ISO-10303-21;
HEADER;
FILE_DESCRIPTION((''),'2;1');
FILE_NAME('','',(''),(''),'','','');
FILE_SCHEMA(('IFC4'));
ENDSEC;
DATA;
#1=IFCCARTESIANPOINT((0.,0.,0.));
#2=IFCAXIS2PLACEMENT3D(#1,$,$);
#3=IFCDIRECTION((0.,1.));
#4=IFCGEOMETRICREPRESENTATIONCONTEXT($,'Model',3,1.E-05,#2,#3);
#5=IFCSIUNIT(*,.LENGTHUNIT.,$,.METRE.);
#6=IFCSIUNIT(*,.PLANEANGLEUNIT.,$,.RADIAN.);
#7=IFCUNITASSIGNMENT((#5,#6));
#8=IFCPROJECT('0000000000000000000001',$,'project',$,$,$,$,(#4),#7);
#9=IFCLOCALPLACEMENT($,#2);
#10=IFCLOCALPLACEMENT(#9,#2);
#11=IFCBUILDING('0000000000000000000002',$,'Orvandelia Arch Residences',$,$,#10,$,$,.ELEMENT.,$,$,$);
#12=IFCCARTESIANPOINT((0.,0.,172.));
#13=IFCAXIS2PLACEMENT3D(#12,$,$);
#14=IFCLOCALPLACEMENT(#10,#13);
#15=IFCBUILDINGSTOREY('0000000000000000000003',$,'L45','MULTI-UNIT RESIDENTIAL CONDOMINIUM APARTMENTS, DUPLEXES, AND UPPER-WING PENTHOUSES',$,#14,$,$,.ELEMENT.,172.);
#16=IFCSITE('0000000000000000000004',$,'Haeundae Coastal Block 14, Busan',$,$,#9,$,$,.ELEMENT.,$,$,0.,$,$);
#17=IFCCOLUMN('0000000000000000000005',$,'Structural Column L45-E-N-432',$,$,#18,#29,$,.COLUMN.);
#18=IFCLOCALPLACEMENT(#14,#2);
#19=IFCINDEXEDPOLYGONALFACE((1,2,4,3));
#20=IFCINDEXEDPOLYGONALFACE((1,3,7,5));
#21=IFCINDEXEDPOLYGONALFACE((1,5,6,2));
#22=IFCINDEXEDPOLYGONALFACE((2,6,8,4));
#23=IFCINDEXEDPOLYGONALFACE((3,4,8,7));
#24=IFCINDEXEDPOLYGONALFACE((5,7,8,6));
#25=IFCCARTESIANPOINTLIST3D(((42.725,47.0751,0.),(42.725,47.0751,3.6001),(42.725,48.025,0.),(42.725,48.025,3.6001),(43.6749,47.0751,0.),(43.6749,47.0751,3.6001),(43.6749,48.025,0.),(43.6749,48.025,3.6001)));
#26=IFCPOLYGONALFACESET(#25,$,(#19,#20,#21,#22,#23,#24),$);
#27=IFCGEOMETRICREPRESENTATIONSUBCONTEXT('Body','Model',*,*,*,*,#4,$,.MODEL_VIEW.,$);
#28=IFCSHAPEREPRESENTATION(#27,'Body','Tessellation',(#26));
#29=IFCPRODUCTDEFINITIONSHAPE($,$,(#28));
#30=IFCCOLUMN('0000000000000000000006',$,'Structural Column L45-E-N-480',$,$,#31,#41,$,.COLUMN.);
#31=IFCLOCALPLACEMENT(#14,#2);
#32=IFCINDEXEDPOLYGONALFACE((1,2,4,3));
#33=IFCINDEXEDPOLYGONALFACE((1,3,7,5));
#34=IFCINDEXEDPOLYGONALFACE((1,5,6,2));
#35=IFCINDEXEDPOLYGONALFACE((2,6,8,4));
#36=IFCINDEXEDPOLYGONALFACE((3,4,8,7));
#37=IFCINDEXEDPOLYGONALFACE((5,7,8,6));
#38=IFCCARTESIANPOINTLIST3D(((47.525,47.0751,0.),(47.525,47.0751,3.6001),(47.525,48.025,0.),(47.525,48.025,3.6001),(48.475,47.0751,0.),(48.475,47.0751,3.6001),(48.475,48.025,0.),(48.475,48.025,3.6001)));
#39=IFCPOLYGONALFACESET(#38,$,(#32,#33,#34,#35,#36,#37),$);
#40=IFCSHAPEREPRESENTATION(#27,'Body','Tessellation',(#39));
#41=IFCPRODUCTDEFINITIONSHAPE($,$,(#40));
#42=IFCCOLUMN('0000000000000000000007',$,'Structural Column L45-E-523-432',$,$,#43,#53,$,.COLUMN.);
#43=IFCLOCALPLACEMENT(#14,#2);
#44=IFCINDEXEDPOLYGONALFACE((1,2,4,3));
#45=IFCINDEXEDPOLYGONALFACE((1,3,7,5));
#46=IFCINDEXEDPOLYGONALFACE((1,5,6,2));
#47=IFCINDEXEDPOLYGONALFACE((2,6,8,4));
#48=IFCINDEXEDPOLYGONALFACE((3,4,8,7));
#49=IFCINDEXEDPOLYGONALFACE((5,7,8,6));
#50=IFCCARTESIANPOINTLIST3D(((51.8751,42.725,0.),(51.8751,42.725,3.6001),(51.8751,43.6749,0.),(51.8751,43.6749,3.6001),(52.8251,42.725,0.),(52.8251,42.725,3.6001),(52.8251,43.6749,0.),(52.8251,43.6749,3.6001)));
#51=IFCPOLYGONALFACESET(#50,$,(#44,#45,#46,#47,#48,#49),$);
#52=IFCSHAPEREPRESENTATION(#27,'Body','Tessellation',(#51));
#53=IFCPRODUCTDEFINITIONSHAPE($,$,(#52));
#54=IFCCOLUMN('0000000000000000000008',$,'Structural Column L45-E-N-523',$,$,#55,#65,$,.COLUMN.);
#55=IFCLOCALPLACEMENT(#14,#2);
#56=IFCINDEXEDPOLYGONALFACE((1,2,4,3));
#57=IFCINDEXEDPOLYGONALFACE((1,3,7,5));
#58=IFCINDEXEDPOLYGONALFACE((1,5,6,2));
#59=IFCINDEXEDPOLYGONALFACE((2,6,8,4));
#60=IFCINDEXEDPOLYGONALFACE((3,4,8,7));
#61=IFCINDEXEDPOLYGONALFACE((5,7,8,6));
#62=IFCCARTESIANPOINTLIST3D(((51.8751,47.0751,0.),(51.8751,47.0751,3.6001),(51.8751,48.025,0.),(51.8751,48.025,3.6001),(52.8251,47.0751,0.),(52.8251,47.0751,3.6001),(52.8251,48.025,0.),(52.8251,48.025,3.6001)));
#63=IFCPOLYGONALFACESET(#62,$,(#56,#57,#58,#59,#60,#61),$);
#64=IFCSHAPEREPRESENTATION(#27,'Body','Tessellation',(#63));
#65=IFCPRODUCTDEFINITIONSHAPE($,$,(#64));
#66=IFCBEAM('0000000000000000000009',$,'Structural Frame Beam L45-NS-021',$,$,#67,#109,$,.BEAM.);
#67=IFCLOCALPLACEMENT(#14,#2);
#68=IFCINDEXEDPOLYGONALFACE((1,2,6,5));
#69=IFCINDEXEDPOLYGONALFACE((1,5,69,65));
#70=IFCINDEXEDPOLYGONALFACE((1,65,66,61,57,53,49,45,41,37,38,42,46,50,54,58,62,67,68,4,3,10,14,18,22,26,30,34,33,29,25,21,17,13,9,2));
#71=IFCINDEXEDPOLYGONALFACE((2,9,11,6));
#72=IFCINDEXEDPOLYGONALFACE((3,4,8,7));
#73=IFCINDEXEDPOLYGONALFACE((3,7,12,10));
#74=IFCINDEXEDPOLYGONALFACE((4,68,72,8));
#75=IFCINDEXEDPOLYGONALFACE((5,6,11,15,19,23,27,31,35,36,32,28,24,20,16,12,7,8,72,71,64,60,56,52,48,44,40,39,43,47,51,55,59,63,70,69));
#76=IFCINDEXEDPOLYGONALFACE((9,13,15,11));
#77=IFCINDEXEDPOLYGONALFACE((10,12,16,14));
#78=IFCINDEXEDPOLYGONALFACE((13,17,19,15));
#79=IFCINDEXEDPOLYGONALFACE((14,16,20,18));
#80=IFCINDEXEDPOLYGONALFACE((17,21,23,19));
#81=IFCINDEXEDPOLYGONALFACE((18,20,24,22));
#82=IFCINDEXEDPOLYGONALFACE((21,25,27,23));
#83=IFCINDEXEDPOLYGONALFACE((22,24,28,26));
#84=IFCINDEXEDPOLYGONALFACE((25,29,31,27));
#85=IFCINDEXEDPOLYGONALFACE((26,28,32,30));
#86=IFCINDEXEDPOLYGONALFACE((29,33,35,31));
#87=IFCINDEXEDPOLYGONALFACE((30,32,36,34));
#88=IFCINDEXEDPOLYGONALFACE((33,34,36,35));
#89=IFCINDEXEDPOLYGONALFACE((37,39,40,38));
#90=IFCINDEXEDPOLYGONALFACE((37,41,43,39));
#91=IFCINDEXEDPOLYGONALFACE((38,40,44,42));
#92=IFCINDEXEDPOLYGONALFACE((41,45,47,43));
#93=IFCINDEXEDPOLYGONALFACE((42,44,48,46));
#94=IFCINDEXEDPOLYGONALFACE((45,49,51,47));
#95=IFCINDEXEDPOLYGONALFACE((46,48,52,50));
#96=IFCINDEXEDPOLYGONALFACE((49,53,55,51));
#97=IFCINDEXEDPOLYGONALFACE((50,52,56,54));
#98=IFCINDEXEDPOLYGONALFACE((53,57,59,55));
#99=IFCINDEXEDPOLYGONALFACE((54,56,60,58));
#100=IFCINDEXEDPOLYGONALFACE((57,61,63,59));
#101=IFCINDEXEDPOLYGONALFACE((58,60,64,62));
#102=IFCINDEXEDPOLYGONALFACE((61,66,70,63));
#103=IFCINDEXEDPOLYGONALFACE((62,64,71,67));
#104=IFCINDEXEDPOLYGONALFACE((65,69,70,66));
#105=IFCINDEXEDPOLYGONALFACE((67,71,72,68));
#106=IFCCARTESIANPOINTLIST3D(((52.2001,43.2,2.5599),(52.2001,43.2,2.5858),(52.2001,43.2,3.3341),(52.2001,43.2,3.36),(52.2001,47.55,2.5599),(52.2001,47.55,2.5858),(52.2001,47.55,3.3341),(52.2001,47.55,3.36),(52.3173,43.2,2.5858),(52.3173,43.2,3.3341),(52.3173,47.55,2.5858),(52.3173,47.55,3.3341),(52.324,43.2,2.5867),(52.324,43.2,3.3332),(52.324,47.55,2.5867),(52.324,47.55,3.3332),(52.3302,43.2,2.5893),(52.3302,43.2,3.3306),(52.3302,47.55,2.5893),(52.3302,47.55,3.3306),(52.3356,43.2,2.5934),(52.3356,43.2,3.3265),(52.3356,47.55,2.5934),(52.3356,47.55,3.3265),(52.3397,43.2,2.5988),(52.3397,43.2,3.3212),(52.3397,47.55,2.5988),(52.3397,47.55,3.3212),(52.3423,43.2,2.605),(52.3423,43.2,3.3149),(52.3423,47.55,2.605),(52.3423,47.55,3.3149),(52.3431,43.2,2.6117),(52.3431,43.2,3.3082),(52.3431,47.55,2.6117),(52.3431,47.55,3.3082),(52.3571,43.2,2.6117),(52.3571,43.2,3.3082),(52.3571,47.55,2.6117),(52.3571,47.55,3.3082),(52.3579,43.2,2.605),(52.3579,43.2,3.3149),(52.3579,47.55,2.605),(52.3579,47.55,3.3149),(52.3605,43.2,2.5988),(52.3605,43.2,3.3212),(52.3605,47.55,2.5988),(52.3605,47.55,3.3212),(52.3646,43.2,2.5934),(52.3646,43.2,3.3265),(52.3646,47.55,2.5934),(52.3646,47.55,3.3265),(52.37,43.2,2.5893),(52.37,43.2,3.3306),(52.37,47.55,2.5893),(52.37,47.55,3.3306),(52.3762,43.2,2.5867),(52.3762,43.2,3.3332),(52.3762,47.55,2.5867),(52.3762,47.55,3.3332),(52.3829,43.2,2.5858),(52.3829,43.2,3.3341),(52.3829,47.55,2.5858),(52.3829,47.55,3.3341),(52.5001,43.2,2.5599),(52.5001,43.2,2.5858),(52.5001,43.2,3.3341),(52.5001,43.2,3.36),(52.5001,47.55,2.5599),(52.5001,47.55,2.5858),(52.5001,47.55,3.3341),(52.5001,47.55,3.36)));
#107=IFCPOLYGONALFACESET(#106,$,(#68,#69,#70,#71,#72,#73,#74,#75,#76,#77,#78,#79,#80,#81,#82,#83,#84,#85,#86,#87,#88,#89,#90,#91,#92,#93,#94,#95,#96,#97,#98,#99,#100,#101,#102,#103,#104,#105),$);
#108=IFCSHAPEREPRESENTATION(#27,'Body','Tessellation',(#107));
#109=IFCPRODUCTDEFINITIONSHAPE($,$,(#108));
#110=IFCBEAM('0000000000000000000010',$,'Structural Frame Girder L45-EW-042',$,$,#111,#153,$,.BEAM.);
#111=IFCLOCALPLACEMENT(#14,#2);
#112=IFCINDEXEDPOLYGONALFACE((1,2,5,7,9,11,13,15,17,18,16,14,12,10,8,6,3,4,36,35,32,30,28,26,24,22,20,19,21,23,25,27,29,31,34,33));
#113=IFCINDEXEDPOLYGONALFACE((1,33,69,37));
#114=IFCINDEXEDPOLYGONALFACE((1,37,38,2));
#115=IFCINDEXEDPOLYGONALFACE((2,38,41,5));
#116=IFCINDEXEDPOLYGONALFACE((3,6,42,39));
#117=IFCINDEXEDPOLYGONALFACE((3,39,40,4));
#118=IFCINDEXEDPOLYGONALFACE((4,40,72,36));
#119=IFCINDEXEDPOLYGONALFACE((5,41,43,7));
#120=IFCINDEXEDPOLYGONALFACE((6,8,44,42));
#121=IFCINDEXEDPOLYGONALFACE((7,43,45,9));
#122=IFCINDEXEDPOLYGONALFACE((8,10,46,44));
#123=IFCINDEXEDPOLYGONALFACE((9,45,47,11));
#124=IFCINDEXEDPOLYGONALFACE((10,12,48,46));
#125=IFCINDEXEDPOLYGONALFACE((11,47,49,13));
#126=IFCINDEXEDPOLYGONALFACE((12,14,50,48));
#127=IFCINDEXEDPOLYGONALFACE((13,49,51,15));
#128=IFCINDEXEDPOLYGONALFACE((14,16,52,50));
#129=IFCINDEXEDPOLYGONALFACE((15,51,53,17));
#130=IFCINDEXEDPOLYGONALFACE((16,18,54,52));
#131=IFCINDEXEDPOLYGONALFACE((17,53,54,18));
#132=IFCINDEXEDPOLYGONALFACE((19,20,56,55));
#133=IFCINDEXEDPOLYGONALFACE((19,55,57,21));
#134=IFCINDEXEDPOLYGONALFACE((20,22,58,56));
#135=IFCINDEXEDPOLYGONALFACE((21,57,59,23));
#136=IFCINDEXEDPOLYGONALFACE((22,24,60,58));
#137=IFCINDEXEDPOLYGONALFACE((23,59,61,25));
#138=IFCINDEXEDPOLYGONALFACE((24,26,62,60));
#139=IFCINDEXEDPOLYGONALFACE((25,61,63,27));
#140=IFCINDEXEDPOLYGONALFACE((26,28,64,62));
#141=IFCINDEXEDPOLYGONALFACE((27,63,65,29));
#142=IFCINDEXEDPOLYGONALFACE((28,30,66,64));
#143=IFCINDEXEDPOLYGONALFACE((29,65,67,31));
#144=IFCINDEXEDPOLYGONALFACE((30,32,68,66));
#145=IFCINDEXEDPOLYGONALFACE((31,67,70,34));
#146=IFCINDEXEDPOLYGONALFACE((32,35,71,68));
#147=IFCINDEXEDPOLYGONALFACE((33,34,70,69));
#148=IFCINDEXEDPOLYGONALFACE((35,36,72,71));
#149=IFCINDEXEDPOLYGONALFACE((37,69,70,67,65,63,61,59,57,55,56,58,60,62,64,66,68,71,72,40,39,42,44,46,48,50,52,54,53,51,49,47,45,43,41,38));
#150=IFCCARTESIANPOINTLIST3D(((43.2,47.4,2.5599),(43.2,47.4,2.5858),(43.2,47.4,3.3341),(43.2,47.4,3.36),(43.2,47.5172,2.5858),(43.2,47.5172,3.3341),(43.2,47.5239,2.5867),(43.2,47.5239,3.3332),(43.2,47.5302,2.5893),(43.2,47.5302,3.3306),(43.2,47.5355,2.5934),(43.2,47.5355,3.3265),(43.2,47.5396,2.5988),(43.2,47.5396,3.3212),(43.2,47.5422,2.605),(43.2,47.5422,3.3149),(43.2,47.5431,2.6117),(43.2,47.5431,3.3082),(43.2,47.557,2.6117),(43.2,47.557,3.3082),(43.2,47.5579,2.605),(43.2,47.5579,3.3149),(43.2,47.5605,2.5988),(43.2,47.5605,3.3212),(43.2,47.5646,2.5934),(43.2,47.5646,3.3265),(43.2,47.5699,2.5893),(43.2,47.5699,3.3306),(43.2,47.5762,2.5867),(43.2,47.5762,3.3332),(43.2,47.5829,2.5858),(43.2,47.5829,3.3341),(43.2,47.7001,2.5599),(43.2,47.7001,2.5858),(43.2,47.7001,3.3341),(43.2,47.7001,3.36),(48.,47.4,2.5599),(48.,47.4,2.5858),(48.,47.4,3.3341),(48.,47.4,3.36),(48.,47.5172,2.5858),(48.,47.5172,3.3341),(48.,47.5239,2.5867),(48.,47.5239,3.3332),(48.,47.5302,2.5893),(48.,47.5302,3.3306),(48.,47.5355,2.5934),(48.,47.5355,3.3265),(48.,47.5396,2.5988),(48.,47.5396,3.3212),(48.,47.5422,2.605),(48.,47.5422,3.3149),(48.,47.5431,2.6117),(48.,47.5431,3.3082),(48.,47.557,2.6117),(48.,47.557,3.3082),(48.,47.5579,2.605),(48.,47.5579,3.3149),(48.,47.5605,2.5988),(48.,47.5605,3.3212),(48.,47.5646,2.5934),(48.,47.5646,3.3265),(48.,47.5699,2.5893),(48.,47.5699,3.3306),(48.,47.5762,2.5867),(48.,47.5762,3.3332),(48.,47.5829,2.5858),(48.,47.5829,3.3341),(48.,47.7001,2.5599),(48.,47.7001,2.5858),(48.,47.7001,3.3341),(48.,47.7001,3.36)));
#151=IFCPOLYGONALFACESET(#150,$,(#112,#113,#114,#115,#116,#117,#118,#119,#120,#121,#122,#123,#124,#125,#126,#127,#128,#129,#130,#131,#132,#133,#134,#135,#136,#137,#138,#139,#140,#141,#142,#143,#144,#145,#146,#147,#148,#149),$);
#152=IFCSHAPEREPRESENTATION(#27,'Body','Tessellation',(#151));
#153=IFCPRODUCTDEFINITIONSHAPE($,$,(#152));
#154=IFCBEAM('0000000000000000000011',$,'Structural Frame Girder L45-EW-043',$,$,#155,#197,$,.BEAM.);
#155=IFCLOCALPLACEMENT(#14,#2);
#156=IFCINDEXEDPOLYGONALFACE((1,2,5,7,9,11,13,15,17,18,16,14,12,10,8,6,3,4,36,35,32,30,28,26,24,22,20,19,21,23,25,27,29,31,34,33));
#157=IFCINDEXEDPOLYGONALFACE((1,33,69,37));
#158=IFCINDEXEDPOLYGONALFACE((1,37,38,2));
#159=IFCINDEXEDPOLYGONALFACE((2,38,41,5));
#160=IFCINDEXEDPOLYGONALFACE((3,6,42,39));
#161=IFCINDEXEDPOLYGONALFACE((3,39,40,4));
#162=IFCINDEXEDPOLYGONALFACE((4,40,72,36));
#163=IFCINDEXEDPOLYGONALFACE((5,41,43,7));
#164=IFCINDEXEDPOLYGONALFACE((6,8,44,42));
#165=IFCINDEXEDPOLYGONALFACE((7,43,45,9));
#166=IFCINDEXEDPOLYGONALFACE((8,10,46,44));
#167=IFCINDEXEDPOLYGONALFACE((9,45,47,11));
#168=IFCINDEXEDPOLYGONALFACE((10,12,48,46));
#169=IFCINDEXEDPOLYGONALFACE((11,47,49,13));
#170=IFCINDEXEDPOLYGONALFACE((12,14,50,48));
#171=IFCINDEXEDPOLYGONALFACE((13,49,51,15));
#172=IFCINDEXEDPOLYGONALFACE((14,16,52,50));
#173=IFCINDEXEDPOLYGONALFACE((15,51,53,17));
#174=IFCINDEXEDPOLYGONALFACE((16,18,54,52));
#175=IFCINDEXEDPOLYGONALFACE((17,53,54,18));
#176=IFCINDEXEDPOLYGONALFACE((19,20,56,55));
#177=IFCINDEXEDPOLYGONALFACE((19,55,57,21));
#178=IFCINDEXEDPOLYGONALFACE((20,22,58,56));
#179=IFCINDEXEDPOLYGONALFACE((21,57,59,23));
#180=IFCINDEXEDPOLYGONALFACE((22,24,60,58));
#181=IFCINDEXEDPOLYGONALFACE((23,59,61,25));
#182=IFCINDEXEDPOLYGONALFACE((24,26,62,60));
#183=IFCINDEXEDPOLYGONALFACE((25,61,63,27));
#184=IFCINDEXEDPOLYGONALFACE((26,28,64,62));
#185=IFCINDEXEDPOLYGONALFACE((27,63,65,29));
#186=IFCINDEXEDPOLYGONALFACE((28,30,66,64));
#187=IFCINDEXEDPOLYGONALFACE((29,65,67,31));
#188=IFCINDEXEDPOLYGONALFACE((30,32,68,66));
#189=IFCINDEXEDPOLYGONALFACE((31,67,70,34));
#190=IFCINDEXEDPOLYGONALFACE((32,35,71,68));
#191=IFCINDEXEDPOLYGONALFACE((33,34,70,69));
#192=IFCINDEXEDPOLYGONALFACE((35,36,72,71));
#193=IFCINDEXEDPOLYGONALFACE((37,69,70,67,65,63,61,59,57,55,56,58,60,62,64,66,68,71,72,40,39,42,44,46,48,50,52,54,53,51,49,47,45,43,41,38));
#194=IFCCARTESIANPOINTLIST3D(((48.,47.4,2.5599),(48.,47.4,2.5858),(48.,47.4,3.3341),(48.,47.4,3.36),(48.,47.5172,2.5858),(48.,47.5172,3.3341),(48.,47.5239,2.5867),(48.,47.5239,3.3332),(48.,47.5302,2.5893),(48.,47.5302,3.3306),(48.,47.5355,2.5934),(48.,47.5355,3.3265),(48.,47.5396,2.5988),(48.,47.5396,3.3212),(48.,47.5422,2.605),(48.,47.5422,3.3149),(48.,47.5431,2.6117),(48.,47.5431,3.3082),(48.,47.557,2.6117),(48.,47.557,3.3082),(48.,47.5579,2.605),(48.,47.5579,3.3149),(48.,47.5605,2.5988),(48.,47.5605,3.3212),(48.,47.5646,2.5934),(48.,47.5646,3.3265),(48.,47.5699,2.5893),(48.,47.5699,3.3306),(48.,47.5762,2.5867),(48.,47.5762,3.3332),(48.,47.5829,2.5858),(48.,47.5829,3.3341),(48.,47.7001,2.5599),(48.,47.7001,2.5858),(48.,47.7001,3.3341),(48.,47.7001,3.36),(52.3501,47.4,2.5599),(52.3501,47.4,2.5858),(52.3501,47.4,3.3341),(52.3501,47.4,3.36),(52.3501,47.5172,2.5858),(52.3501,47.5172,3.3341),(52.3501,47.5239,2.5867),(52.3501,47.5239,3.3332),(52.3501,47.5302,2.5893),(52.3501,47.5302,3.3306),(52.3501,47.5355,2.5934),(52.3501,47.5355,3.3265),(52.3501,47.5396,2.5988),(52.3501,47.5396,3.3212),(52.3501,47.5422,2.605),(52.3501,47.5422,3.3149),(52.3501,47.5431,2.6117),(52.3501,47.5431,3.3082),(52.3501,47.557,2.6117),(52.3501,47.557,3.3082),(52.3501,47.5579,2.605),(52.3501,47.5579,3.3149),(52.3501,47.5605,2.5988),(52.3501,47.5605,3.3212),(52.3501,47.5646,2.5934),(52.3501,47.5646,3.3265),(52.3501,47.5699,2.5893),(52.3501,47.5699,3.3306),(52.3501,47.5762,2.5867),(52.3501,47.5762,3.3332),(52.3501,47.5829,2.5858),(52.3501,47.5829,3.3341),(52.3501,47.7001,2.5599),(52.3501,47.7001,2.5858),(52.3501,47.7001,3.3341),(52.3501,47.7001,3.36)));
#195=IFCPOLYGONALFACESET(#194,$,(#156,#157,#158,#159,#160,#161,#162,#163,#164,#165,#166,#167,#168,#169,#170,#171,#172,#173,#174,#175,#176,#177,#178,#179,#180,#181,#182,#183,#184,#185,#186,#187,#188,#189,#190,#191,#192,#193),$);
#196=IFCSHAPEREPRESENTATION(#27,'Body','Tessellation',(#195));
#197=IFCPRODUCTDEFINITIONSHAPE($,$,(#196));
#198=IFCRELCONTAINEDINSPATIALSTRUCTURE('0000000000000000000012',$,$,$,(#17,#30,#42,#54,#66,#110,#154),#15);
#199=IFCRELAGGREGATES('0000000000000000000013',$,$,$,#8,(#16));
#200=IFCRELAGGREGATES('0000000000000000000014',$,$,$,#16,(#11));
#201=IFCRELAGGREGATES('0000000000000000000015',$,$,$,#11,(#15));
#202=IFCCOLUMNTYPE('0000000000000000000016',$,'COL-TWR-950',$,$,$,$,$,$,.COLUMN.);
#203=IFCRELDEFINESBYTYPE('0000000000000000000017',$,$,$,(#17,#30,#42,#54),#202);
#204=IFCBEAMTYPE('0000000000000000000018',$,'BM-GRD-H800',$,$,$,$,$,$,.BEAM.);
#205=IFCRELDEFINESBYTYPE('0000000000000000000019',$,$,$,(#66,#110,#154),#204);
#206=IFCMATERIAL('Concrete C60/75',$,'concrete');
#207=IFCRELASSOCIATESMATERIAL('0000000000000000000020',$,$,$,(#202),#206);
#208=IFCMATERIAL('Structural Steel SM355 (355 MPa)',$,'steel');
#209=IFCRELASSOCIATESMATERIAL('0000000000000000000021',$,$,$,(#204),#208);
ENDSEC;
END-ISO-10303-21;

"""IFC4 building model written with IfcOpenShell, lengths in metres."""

from ifc_helpers import new_model, si_unit, direction, frame, origin, origin_2d, place, context, subcontext, project, spatial, rectangle, i_section, extrude, material, material_profile, profile_set, type_object, element, save


model = new_model("IFC4")

# Units and contexts
model_context = context("Model", 3, precision=1e-05, world=origin(), true_north=direction((0.0, 1.0)))
body_context = subcontext(model_context, "Body", "Model", "MODEL_VIEW")
ifc_project = project(units=[si_unit("LENGTHUNIT", "METRE"), si_unit("PLANEANGLEUNIT", "RADIAN")], contexts=[model_context])

# Site, building, storey
site_placement = place(None, origin())
site = spatial("IfcSite", under=ifc_project, at=site_placement, Name="Haeundae Coastal Block 14, Busan", CompositionType="ELEMENT", RefElevation=0.0)
building_placement = place(site_placement, origin())
building = spatial("IfcBuilding", under=site, at=building_placement, Name="Orvandelia Arch Residences", CompositionType="ELEMENT")
storey_placement = place(building_placement, frame((0.0, 0.0, 172.0)))
storey = spatial("IfcBuildingStorey", under=building, at=storey_placement, Name="L45", Description="MULTI-UNIT RESIDENTIAL CONDOMINIUM APARTMENTS, DUPLEXES, AND UPPER-WING PENTHOUSES", CompositionType="ELEMENT", Elevation=172.0)

# Columns
ifc_material_1 = material(Name="Concrete C60/75", Category="concrete")
ifc_material_profile_1 = material_profile(ifc_material_1, rectangle(XDim=0.95, YDim=0.95, at=origin_2d()), Name="Concrete C60/75", Category="concrete")
ifc_profile_set_1 = profile_set([ifc_material_profile_1], Name="Concrete C60/75")
column_type = type_object("IfcColumnType", Name="COL-TWR-950", PredefinedType="COLUMN", material=ifc_profile_set_1)
for number, where, z_axis, x_axis, name in (
    (1, (43.2, 47.55, 0.0), (0.0, 0.0, 1.0), (1.0, 0.0, 0.0), "Structural Column L45-E-N-432"),
    (2, (48.0, 47.55, 0.0), (0.0, 0.0, 1.0), (1.0, 0.0, 0.0), "Structural Column L45-E-N-480"),
    (3, (52.3501, 43.2, 0.0), (0.0, 0.0, 1.0), (1.0, 0.0, 0.0), "Structural Column L45-E-523-432"),
    (4, (52.3501, 47.55, 0.0), (0.0, 0.0, 1.0), (1.0, 0.0, 0.0), "Structural Column L45-E-N-523"),
):
    element("IfcColumn", number, at=place(storey_placement, frame(where, z_axis=z_axis, x_axis=x_axis)), inside=storey, type_object=column_type, Name=name, PredefinedType="COLUMN", context=body_context, shape_type="SweptSolid", body=[
        extrude(rectangle(XDim=0.95, YDim=0.95, at=origin_2d()), origin(), (0.0, 0.0, 1.0), 3.6001),
    ])

# Beams
ifc_material_2 = material(Name="Structural Steel SM355 (355 MPa)", Category="steel")
ifc_material_profile_2 = material_profile(ifc_material_2, i_section(OverallWidth=0.3, OverallDepth=0.8, WebThickness=0.0139, FlangeThickness=0.0259, FilletRadius=0.0259, at=origin_2d()), Name="Structural Steel SM355 (355 MPa)", Category="steel")
ifc_profile_set_2 = profile_set([ifc_material_profile_2], Name="Structural Steel SM355 (355 MPa)")
beam_type = type_object("IfcBeamType", Name="BM-GRD-H800", PredefinedType="BEAM", material=ifc_profile_set_2)
beam_1_placement = place(storey_placement, frame((52.3501, 43.2, 2.96), z_axis=(0.0, 1.0, 0.0), x_axis=(-1.0, 0.0, 0.0)))
element("IfcBeam", 5, at=beam_1_placement, inside=storey, type_object=beam_type, Name="Structural Frame Beam L45-NS-021", PredefinedType="BEAM", context=body_context, shape_type="SweptSolid", body=[
    extrude(i_section(OverallWidth=0.3, OverallDepth=0.8, WebThickness=0.0139, FlangeThickness=0.0259, FilletRadius=0.0259, at=origin_2d()), origin(), (0.0, 0.0, 1.0), 4.3501),
])
beam_2_placement = place(storey_placement, frame((43.2, 47.55, 2.96), z_axis=(1.0, 0.0, 0.0), x_axis=(0.0, 1.0, 0.0)))
element("IfcBeam", 6, at=beam_2_placement, inside=storey, type_object=beam_type, Name="Structural Frame Girder L45-EW-042", PredefinedType="BEAM", context=body_context, shape_type="SweptSolid", body=[
    extrude(i_section(OverallWidth=0.3, OverallDepth=0.8, WebThickness=0.0139, FlangeThickness=0.0259, FilletRadius=0.0259, at=origin_2d()), origin(), (0.0, 0.0, 1.0), 4.8),
])
beam_3_placement = place(storey_placement, frame((48.0, 47.55, 2.96), z_axis=(1.0, 0.0, 0.0), x_axis=(0.0, 1.0, 0.0)))
element("IfcBeam", 7, at=beam_3_placement, inside=storey, type_object=beam_type, Name="Structural Frame Girder L45-EW-043", PredefinedType="BEAM", context=body_context, shape_type="SweptSolid", body=[
    extrude(i_section(OverallWidth=0.3, OverallDepth=0.8, WebThickness=0.0139, FlangeThickness=0.0259, FilletRadius=0.0259, at=origin_2d()), origin(), (0.0, 0.0, 1.0), 4.3501),
])

save(model, "model.ifc")
